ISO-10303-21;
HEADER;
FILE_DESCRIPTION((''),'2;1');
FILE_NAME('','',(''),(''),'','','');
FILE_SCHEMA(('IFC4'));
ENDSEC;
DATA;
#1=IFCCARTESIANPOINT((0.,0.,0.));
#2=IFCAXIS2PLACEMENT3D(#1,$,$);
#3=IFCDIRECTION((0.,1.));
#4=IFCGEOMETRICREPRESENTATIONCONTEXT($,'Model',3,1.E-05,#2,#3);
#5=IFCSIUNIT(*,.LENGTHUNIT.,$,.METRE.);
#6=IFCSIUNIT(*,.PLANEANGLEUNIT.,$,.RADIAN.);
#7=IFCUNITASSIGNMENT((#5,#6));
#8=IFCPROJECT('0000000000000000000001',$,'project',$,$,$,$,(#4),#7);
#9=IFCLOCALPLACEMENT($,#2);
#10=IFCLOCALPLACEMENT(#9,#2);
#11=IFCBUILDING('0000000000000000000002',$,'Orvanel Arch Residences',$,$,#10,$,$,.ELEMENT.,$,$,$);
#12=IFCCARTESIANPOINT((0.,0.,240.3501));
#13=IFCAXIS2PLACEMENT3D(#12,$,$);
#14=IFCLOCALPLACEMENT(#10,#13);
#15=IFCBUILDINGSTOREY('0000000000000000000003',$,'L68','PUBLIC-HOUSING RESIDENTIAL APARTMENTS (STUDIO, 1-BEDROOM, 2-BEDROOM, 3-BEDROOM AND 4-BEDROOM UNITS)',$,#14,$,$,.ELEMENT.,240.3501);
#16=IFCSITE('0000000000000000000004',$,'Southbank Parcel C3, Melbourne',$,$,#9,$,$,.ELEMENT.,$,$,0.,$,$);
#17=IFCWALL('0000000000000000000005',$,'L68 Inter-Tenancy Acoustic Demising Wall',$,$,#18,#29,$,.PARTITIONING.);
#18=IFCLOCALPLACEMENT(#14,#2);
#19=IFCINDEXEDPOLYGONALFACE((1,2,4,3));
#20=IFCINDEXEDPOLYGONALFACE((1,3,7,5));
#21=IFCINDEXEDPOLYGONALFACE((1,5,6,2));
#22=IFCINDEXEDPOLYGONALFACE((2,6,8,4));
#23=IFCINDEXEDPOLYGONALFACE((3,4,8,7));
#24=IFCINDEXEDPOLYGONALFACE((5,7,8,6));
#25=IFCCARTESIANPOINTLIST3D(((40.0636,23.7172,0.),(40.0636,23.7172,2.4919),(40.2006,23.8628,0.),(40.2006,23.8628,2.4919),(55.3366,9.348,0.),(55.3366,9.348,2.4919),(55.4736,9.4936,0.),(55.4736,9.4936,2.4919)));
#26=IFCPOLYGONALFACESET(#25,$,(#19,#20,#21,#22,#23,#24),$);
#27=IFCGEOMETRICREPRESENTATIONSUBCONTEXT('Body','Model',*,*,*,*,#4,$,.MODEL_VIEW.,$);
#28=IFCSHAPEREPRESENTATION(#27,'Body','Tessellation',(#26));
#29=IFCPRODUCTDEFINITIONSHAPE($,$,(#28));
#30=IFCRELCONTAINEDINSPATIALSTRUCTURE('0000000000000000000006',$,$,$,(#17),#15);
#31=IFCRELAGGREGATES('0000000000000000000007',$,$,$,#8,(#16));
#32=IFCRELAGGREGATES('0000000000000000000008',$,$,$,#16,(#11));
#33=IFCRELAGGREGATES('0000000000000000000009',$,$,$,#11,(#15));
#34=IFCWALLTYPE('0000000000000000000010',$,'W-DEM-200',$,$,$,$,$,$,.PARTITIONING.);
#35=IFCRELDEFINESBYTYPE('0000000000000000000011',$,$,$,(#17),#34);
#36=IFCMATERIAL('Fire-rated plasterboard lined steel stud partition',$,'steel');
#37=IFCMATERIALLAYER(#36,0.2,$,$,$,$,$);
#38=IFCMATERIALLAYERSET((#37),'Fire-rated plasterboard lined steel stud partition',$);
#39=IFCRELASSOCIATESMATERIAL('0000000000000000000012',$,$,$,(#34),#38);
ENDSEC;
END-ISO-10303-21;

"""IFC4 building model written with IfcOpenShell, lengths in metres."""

from ifc_helpers import new_model, si_unit, direction, frame, frame_2d, origin, place, context, subcontext, project, spatial, rectangle, extrude, material, layer, layer_set, type_object, element, save


model = new_model("IFC4")

# Units and contexts
model_context = context("Model", 3, precision=1e-05, world=origin(), true_north=direction((0.0, 1.0)))
body_context = subcontext(model_context, "Body", "Model", "MODEL_VIEW")
ifc_project = project(units=[si_unit("LENGTHUNIT", "METRE"), si_unit("PLANEANGLEUNIT", "RADIAN")], contexts=[model_context])

# Site, building, storey
site_placement = place(None, origin())
site = spatial("IfcSite", under=ifc_project, at=site_placement, Name="Southbank Parcel C3, Melbourne", CompositionType="ELEMENT", RefElevation=0.0)
building_placement = place(site_placement, origin())
building = spatial("IfcBuilding", under=site, at=building_placement, Name="Orvanel Arch Residences", CompositionType="ELEMENT")
storey_placement = place(building_placement, frame((0.0, 0.0, 240.3501)))
storey = spatial("IfcBuildingStorey", under=building, at=storey_placement, Name="L68", Description="PUBLIC-HOUSING RESIDENTIAL APARTMENTS (STUDIO, 1-BEDROOM, 2-BEDROOM, 3-BEDROOM AND 4-BEDROOM UNITS)", CompositionType="ELEMENT", Elevation=240.3501)

# Wall
ifc_material_1 = material(Name="Fire-rated plasterboard lined steel stud partition", Category="steel")
ifc_layer_1 = layer(ifc_material_1, 0.2)
ifc_layer_set_1 = layer_set([ifc_layer_1], Name="Fire-rated plasterboard lined steel stud partition")
wall_type = type_object("IfcWallType", Name="W-DEM-200", PredefinedType="PARTITIONING", material=ifc_layer_set_1)
wall_placement = place(storey_placement, frame((55.405, 9.4209, 0.0), z_axis=(0.0, 0.0, 1.0), x_axis=(-0.728328, 0.685228, 0.0)))
element("IfcWall", 1, at=wall_placement, inside=storey, type_object=wall_type, Name="L68 Inter-Tenancy Acoustic Demising Wall", PredefinedType="PARTITIONING", context=body_context, shape_type="SweptSolid", body=[
    extrude(rectangle(XDim=20.97, YDim=0.2, at=frame_2d((10.4849, 0.0))), origin(), (0.0, 0.0, 1.0), 2.4919),
])

save(model, "model.ifc")
